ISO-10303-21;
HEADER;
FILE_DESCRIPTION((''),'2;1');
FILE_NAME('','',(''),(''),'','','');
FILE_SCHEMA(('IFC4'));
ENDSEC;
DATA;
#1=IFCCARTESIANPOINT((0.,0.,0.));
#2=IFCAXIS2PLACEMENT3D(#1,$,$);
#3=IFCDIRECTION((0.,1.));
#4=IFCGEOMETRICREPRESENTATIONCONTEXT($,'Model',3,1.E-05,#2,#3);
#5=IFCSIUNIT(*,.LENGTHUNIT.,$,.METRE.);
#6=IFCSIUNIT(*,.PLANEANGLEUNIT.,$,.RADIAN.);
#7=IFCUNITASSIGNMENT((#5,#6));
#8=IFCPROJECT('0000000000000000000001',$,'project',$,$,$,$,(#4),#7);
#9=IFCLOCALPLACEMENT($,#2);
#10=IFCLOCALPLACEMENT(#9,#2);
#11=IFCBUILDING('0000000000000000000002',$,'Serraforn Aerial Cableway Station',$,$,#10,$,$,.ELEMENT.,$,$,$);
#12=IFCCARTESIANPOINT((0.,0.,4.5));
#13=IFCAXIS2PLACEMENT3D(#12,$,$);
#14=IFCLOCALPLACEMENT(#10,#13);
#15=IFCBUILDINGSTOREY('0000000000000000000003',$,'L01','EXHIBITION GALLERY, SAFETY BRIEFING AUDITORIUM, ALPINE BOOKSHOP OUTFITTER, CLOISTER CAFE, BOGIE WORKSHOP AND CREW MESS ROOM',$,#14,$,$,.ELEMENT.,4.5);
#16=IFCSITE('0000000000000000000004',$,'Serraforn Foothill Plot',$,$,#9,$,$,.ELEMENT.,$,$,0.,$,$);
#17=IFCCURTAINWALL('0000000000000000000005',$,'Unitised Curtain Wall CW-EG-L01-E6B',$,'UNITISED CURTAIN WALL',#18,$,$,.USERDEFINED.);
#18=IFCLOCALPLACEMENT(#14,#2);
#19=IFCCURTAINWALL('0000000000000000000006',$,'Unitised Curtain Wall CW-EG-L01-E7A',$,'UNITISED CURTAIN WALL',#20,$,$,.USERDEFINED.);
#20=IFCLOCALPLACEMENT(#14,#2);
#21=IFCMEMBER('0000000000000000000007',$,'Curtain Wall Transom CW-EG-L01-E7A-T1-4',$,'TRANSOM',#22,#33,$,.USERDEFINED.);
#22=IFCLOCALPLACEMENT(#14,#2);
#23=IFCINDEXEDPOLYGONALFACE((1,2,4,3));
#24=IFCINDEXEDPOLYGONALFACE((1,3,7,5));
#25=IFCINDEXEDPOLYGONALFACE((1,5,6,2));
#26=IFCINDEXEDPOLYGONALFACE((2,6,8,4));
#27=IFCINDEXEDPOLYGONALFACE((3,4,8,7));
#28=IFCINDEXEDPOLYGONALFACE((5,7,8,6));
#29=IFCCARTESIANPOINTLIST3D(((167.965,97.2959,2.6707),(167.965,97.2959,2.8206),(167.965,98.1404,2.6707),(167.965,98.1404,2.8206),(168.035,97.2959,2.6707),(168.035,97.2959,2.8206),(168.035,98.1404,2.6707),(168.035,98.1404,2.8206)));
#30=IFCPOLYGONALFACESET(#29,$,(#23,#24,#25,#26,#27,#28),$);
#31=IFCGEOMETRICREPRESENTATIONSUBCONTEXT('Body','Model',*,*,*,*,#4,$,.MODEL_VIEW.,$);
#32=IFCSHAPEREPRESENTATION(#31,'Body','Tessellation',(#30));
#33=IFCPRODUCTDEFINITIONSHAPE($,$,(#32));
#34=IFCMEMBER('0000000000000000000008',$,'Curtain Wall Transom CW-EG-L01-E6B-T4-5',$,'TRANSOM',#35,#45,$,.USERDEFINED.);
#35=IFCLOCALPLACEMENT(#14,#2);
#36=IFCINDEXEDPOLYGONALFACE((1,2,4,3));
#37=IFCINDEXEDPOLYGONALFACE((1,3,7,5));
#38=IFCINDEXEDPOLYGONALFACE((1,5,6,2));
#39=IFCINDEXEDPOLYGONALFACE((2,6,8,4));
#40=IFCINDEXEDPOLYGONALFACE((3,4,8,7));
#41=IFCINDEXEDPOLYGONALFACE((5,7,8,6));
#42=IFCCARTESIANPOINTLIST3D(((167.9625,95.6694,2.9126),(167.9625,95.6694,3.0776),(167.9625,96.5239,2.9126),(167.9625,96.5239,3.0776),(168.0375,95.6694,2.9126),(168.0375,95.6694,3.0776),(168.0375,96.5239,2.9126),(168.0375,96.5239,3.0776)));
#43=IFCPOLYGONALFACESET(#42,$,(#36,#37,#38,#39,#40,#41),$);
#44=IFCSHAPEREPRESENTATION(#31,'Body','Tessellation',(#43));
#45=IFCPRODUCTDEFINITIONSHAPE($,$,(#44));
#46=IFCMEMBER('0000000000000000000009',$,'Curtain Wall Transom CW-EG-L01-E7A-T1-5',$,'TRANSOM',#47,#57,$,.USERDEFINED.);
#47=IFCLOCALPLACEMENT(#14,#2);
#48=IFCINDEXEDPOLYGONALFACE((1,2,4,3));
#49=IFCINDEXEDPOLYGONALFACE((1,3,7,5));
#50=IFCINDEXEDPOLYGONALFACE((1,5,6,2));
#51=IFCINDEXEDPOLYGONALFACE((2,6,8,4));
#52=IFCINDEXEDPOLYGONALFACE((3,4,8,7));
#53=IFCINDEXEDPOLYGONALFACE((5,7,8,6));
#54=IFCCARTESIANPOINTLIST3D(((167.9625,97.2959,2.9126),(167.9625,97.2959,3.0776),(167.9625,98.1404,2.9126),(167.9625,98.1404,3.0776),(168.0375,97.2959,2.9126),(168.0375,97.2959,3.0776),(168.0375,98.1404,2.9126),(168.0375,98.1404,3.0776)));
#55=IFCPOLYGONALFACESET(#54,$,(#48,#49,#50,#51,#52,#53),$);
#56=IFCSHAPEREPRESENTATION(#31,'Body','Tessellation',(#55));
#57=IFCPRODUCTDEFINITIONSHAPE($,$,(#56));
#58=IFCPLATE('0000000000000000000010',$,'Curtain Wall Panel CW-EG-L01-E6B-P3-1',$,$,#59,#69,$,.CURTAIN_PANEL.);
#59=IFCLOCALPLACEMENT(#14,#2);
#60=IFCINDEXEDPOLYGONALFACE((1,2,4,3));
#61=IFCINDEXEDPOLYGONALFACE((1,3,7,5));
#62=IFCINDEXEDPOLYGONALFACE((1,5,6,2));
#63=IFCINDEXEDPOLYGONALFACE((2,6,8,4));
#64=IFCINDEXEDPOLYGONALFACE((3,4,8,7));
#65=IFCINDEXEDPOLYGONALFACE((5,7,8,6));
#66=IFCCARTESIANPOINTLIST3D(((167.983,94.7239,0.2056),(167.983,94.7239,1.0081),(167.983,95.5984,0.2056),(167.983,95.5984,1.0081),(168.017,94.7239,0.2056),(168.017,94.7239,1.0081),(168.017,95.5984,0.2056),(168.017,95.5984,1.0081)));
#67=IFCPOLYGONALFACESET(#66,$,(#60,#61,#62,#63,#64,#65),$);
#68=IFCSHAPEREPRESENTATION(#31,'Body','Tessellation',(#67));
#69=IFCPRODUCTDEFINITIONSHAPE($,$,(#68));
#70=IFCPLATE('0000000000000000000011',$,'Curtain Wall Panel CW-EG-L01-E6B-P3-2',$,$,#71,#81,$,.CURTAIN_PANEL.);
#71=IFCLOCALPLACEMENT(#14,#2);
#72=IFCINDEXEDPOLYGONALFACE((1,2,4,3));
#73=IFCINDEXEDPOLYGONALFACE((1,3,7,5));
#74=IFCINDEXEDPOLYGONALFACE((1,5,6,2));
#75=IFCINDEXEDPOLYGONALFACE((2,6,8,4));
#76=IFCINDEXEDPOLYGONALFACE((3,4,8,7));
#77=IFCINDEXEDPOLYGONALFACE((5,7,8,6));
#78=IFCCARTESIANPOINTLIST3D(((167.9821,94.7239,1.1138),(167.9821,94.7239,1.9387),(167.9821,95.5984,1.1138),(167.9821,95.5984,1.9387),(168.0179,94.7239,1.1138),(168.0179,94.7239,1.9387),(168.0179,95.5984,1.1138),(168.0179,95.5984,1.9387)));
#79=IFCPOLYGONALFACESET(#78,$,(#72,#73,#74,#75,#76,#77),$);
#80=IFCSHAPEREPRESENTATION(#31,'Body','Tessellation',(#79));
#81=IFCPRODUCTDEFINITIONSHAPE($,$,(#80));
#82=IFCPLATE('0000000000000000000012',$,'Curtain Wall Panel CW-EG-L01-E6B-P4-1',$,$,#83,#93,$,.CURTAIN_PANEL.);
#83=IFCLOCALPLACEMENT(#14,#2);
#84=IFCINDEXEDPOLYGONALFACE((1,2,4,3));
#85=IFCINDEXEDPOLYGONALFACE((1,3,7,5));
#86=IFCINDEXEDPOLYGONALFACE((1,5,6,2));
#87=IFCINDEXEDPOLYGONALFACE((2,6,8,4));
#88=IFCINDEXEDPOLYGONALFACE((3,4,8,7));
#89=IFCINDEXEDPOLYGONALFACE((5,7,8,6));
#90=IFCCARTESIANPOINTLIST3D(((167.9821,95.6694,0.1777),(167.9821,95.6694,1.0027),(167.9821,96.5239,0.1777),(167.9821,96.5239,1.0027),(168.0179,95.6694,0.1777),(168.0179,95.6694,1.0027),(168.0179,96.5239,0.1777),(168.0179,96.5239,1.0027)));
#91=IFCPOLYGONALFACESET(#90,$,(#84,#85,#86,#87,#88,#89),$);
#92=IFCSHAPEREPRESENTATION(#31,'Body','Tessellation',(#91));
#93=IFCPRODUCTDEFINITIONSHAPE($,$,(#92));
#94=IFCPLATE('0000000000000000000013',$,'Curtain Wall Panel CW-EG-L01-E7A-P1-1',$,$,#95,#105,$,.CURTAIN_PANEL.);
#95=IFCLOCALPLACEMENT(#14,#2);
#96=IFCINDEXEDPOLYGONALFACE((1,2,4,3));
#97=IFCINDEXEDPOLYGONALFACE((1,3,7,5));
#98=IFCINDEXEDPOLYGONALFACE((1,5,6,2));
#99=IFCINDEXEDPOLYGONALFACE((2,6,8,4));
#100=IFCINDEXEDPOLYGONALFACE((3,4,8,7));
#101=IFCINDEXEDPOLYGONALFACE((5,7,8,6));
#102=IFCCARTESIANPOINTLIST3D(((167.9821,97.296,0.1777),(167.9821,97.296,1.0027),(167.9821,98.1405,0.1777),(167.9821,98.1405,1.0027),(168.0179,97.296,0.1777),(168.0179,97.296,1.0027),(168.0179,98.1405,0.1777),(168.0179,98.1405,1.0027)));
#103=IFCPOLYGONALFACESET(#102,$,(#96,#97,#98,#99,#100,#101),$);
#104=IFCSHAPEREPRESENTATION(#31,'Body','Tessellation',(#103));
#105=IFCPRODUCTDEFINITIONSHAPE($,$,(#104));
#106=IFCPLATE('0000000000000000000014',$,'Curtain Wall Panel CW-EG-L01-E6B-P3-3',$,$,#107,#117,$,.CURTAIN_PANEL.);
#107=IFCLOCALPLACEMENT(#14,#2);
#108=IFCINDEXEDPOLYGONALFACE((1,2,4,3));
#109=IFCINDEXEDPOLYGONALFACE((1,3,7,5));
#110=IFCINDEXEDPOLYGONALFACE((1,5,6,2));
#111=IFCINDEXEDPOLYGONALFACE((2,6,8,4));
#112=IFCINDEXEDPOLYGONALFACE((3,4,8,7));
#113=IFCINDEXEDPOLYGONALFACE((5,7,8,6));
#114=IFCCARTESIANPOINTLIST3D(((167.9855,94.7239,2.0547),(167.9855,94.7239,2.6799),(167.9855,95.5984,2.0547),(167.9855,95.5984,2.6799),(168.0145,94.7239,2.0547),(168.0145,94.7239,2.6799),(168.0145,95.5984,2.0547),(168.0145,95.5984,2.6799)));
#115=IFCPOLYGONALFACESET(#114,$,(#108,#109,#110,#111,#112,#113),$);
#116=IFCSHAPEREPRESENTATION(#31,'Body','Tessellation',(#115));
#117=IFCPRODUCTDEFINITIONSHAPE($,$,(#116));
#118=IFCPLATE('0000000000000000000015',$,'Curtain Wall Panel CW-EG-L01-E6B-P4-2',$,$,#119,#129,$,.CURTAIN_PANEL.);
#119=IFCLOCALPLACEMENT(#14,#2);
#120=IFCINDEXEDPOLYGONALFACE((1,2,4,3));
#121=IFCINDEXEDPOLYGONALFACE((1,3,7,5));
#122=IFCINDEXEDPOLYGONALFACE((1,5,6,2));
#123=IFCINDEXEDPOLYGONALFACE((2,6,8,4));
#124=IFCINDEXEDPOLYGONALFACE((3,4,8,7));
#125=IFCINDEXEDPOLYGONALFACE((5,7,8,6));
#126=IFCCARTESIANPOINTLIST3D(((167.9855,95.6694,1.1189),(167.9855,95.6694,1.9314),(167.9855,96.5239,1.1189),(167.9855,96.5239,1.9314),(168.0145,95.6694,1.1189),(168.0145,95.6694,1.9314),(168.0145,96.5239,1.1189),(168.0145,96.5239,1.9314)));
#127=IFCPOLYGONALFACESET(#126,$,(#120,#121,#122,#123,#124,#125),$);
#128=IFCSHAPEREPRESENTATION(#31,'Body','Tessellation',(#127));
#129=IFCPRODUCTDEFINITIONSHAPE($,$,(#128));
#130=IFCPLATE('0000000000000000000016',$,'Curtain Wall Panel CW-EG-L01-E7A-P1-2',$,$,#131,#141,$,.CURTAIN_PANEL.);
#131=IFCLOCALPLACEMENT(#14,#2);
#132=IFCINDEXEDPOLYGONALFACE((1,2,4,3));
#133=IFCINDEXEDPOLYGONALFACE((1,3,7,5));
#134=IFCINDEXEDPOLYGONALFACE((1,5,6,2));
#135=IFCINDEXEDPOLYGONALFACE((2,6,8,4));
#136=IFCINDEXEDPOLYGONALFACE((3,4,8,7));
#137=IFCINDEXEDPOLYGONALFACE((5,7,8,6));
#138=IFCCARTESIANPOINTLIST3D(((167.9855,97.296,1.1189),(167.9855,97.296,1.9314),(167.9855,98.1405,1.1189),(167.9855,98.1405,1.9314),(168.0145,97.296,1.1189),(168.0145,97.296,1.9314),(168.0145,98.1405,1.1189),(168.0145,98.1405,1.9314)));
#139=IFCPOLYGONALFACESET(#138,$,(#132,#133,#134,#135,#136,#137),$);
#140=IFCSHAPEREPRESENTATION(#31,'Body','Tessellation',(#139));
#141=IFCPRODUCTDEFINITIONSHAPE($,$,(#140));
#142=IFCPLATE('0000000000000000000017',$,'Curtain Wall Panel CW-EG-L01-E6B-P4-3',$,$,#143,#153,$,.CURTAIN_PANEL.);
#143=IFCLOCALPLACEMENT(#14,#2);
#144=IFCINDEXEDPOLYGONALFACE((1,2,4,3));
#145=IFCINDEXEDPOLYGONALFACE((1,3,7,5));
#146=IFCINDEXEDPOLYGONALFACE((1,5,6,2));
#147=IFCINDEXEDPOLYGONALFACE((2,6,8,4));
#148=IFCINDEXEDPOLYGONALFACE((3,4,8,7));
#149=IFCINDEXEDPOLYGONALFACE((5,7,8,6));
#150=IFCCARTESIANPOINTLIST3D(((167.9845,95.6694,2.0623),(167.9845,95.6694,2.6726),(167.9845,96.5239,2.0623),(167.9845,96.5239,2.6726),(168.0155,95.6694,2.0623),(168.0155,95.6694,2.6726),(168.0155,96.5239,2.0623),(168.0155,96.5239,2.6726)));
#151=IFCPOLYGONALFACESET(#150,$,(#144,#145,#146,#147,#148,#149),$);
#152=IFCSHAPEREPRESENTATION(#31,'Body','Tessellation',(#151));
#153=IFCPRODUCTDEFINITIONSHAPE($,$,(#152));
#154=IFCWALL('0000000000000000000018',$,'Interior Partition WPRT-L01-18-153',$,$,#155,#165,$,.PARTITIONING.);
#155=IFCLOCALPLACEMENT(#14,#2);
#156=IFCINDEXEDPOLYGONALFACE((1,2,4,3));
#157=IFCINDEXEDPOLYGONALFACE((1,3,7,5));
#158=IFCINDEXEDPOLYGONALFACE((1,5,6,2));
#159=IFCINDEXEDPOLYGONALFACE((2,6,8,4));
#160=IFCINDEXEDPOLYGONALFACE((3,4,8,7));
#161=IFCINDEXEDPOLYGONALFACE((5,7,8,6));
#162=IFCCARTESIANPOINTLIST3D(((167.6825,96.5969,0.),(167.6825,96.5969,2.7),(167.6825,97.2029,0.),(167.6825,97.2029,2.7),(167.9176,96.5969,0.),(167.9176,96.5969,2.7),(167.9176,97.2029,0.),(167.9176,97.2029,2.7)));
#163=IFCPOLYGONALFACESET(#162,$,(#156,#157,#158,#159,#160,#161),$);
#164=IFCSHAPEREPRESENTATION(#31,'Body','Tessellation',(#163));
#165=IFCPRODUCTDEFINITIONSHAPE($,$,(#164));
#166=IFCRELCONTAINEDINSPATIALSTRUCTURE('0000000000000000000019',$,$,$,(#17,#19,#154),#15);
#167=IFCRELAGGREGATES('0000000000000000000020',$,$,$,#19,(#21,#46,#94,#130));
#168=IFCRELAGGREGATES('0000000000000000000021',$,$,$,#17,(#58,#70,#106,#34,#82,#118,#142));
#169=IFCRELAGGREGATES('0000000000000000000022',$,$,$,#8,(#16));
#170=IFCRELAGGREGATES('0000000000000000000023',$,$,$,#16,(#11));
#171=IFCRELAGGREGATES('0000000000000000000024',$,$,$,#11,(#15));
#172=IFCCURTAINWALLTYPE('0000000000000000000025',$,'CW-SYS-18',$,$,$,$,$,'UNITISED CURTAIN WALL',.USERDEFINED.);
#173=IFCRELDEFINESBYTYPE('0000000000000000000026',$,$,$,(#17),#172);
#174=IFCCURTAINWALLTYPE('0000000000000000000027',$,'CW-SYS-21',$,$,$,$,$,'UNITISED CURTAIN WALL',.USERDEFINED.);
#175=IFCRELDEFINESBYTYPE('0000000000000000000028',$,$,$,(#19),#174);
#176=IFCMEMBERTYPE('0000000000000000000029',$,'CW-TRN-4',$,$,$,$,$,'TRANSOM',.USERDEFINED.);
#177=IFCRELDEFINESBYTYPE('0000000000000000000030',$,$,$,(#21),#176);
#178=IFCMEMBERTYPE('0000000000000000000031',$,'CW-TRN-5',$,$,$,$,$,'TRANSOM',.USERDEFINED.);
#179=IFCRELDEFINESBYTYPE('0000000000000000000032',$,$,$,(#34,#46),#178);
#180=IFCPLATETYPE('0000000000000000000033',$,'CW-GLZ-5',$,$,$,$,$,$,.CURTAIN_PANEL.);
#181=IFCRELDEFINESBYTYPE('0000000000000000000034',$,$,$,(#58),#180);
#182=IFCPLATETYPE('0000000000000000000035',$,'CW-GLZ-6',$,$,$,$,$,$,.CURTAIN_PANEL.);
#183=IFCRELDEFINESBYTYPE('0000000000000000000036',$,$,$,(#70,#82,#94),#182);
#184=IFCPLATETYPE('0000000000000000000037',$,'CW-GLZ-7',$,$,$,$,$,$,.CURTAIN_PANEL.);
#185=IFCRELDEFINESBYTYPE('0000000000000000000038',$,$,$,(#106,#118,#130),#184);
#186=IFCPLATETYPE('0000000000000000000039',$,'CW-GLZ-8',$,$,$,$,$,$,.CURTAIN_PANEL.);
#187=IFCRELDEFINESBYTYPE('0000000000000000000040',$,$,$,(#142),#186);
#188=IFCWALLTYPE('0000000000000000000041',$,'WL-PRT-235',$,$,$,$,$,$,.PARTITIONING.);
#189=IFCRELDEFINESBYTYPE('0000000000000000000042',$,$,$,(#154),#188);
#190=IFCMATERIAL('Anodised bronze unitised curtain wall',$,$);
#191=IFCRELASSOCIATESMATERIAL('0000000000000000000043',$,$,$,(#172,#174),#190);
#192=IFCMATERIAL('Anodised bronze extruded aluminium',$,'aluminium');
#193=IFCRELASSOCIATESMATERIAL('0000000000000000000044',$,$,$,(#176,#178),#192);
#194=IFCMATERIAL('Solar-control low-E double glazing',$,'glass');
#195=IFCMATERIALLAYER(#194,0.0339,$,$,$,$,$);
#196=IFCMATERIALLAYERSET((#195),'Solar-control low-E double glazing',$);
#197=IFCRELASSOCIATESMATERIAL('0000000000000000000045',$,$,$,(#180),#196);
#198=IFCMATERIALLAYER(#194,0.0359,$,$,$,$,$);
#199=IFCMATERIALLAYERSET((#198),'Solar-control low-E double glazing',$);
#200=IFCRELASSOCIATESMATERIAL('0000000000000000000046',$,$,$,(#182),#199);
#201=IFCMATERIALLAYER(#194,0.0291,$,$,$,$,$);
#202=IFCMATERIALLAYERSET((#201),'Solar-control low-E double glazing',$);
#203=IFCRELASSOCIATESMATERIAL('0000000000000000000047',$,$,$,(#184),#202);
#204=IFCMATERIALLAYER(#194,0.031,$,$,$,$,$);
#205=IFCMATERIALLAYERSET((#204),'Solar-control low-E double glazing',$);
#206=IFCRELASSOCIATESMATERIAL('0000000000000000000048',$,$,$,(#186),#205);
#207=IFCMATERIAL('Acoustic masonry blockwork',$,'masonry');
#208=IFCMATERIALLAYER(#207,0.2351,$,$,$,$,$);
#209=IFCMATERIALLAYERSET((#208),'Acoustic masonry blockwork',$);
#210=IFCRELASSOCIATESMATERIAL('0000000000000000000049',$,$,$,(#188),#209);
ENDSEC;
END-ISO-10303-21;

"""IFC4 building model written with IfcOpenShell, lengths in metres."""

from ifc_helpers import new_model, si_unit, direction, frame, frame_2d, origin, origin_2d, place, context, subcontext, project, spatial, rectangle, extrude, material, layer, layer_set, material_profile, profile_set, type_object, element, aggregate, save


model = new_model("IFC4")

# Units and contexts
model_context = context("Model", 3, precision=1e-05, world=origin(), true_north=direction((0.0, 1.0)))
body_context = subcontext(model_context, "Body", "Model", "MODEL_VIEW")
ifc_project = project(units=[si_unit("LENGTHUNIT", "METRE"), si_unit("PLANEANGLEUNIT", "RADIAN")], contexts=[model_context])

# Site, building, storey
site_placement = place(None, origin())
site = spatial("IfcSite", under=ifc_project, at=site_placement, Name="Serraforn Foothill Plot", CompositionType="ELEMENT", RefElevation=0.0)
building_placement = place(site_placement, origin())
building = spatial("IfcBuilding", under=site, at=building_placement, Name="Serraforn Aerial Cableway Station", CompositionType="ELEMENT")
storey_placement = place(building_placement, frame((0.0, 0.0, 4.5)))
storey = spatial("IfcBuildingStorey", under=building, at=storey_placement, Name="L01", Description="EXHIBITION GALLERY, SAFETY BRIEFING AUDITORIUM, ALPINE BOOKSHOP OUTFITTER, CLOISTER CAFE, BOGIE WORKSHOP AND CREW MESS ROOM", CompositionType="ELEMENT", Elevation=4.5)

# Curtain wall
ifc_material_1 = material(Name="Anodised bronze unitised curtain wall")
curtain_wall_type_1 = type_object("IfcCurtainWallType", Name="CW-SYS-18", ElementType="UNITISED CURTAIN WALL", PredefinedType="USERDEFINED", material=ifc_material_1)
curtain_wall_1_placement = place(storey_placement, origin())
curtain_wall_1 = element("IfcCurtainWall", 1, at=curtain_wall_1_placement, inside=storey, type_object=curtain_wall_type_1, Name="Unitised Curtain Wall CW-EG-L01-E6B", ObjectType="UNITISED CURTAIN WALL", PredefinedType="USERDEFINED")
ifc_material_2 = material(Name="Anodised bronze extruded aluminium", Category="aluminium")

# Curtain wall
curtain_wall_type_2 = type_object("IfcCurtainWallType", Name="CW-SYS-21", ElementType="UNITISED CURTAIN WALL", PredefinedType="USERDEFINED", material=ifc_material_1)
curtain_wall_2_placement = place(storey_placement, origin())
curtain_wall_2 = element("IfcCurtainWall", 2, at=curtain_wall_2_placement, inside=storey, type_object=curtain_wall_type_2, Name="Unitised Curtain Wall CW-EG-L01-E7A", ObjectType="UNITISED CURTAIN WALL", PredefinedType="USERDEFINED")

# Members
ifc_material_profile_1 = material_profile(ifc_material_2, rectangle(XDim=0.0701, YDim=0.1499, at=origin_2d()), Name="CW TRANSOM 70x150")
ifc_profile_set_1 = profile_set([ifc_material_profile_1], Name="Anodised bronze extruded aluminium")
member_type_1 = type_object("IfcMemberType", Name="CW-TRN-4", ElementType="TRANSOM", PredefinedType="USERDEFINED", material=ifc_profile_set_1)
member_1_placement = place(storey_placement, frame((168.0, 97.2959, 2.7456), z_axis=(0.0, 1.0, 0.0), x_axis=(-1.0, 0.0, 0.0)))
member_1 = element("IfcMember", 3, at=member_1_placement, type_object=member_type_1, Name="Curtain Wall Transom CW-EG-L01-E7A-T1-4", ObjectType="TRANSOM", PredefinedType="USERDEFINED", context=body_context, shape_type="SweptSolid", body=[
    extrude(rectangle(XDim=0.0701, YDim=0.1499, at=origin_2d()), origin(), (0.0, 0.0, 1.0), 0.8445),
])
ifc_material_profile_2 = material_profile(ifc_material_2, rectangle(XDim=0.075, YDim=0.165, at=origin_2d()), Name="CW TRANSOM 75x165")
ifc_profile_set_2 = profile_set([ifc_material_profile_2], Name="Anodised bronze extruded aluminium")
member_type_2 = type_object("IfcMemberType", Name="CW-TRN-5", ElementType="TRANSOM", PredefinedType="USERDEFINED", material=ifc_profile_set_2)
member_2_placement = place(storey_placement, frame((168.0, 95.6694, 2.9951), z_axis=(0.0, 1.0, 0.0), x_axis=(-1.0, 0.0, 0.0)))
member_2 = element("IfcMember", 4, at=member_2_placement, type_object=member_type_2, Name="Curtain Wall Transom CW-EG-L01-E6B-T4-5", ObjectType="TRANSOM", PredefinedType="USERDEFINED", context=body_context, shape_type="SweptSolid", body=[
    extrude(rectangle(XDim=0.075, YDim=0.165, at=origin_2d()), origin(), (0.0, 0.0, 1.0), 0.8545),
])
member_3_placement = place(storey_placement, frame((168.0, 97.2959, 2.9951), z_axis=(0.0, 1.0, 0.0), x_axis=(-1.0, 0.0, 0.0)))
member_3 = element("IfcMember", 5, at=member_3_placement, type_object=member_type_2, Name="Curtain Wall Transom CW-EG-L01-E7A-T1-5", ObjectType="TRANSOM", PredefinedType="USERDEFINED", context=body_context, shape_type="SweptSolid", body=[
    extrude(rectangle(XDim=0.075, YDim=0.165, at=origin_2d()), origin(), (0.0, 0.0, 1.0), 0.8445),
])

# Plates
ifc_material_3 = material(Name="Solar-control low-E double glazing", Category="glass")
ifc_layer_1 = layer(ifc_material_3, 0.0339)
ifc_layer_set_1 = layer_set([ifc_layer_1], Name="Solar-control low-E double glazing")
plate_type_1 = type_object("IfcPlateType", Name="CW-GLZ-5", PredefinedType="CURTAIN_PANEL", material=ifc_layer_set_1)
plate_1_placement = place(storey_placement, frame((168.0, 95.1611, 0.2056), z_axis=(0.0, 0.0, 1.0), x_axis=(1.0, 0.0, 0.0)))
plate_1 = element("IfcPlate", 6, at=plate_1_placement, type_object=plate_type_1, Name="Curtain Wall Panel CW-EG-L01-E6B-P3-1", PredefinedType="CURTAIN_PANEL", context=body_context, shape_type="SweptSolid", body=[
    extrude(rectangle(XDim=0.0339, YDim=0.8745, at=origin_2d()), origin(), (0.0, 0.0, 1.0), 0.8025),
])
ifc_layer_2 = layer(ifc_material_3, 0.0359)
ifc_layer_set_2 = layer_set([ifc_layer_2], Name="Solar-control low-E double glazing")
plate_type_2 = type_object("IfcPlateType", Name="CW-GLZ-6", PredefinedType="CURTAIN_PANEL", material=ifc_layer_set_2)
plate_2_placement = place(storey_placement, frame((168.0, 95.1611, 1.1138), z_axis=(0.0, 0.0, 1.0), x_axis=(1.0, 0.0, 0.0)))
plate_2 = element("IfcPlate", 7, at=plate_2_placement, type_object=plate_type_2, Name="Curtain Wall Panel CW-EG-L01-E6B-P3-2", PredefinedType="CURTAIN_PANEL", context=body_context, shape_type="SweptSolid", body=[
    extrude(rectangle(XDim=0.0359, YDim=0.8745, at=origin_2d()), origin(), (0.0, 0.0, 1.0), 0.825),
])
plate_3_placement = place(storey_placement, frame((168.0, 96.0967, 0.1777), z_axis=(0.0, 0.0, 1.0), x_axis=(1.0, 0.0, 0.0)))
plate_3 = element("IfcPlate", 8, at=plate_3_placement, type_object=plate_type_2, Name="Curtain Wall Panel CW-EG-L01-E6B-P4-1", PredefinedType="CURTAIN_PANEL", context=body_context, shape_type="SweptSolid", body=[
    extrude(rectangle(XDim=0.0359, YDim=0.8545, at=origin_2d()), origin(), (0.0, 0.0, 1.0), 0.825),
])
plate_4_placement = place(storey_placement, frame((168.0, 97.7183, 0.1777), z_axis=(0.0, 0.0, 1.0), x_axis=(1.0, 0.0, 0.0)))
plate_4 = element("IfcPlate", 9, at=plate_4_placement, type_object=plate_type_2, Name="Curtain Wall Panel CW-EG-L01-E7A-P1-1", PredefinedType="CURTAIN_PANEL", context=body_context, shape_type="SweptSolid", body=[
    extrude(rectangle(XDim=0.0359, YDim=0.8445, at=origin_2d()), origin(), (0.0, 0.0, 1.0), 0.825),
])
ifc_layer_3 = layer(ifc_material_3, 0.0291)
ifc_layer_set_3 = layer_set([ifc_layer_3], Name="Solar-control low-E double glazing")
plate_type_3 = type_object("IfcPlateType", Name="CW-GLZ-7", PredefinedType="CURTAIN_PANEL", material=ifc_layer_set_3)
plate_5_placement = place(storey_placement, frame((168.0, 95.1611, 2.0547), z_axis=(0.0, 0.0, 1.0), x_axis=(1.0, 0.0, 0.0)))
plate_5 = element("IfcPlate", 10, at=plate_5_placement, type_object=plate_type_3, Name="Curtain Wall Panel CW-EG-L01-E6B-P3-3", PredefinedType="CURTAIN_PANEL", context=body_context, shape_type="SweptSolid", body=[
    extrude(rectangle(XDim=0.0291, YDim=0.8745, at=origin_2d()), origin(), (0.0, 0.0, 1.0), 0.6252),
])
plate_6_placement = place(storey_placement, frame((168.0, 96.0967, 1.1189), z_axis=(0.0, 0.0, 1.0), x_axis=(1.0, 0.0, 0.0)))
plate_6 = element("IfcPlate", 11, at=plate_6_placement, type_object=plate_type_3, Name="Curtain Wall Panel CW-EG-L01-E6B-P4-2", PredefinedType="CURTAIN_PANEL", context=body_context, shape_type="SweptSolid", body=[
    extrude(rectangle(XDim=0.0291, YDim=0.8545, at=origin_2d()), origin(), (0.0, 0.0, 1.0), 0.8125),
])
plate_7_placement = place(storey_placement, frame((168.0, 97.7183, 1.1189), z_axis=(0.0, 0.0, 1.0), x_axis=(1.0, 0.0, 0.0)))
plate_7 = element("IfcPlate", 12, at=plate_7_placement, type_object=plate_type_3, Name="Curtain Wall Panel CW-EG-L01-E7A-P1-2", PredefinedType="CURTAIN_PANEL", context=body_context, shape_type="SweptSolid", body=[
    extrude(rectangle(XDim=0.0291, YDim=0.8445, at=origin_2d()), origin(), (0.0, 0.0, 1.0), 0.8125),
])
aggregate(curtain_wall_2, [member_1, member_3, plate_4, plate_7])
ifc_layer_4 = layer(ifc_material_3, 0.031)
ifc_layer_set_4 = layer_set([ifc_layer_4], Name="Solar-control low-E double glazing")
plate_type_4 = type_object("IfcPlateType", Name="CW-GLZ-8", PredefinedType="CURTAIN_PANEL", material=ifc_layer_set_4)
plate_8_placement = place(storey_placement, frame((168.0, 96.0967, 2.0623), z_axis=(0.0, 0.0, 1.0), x_axis=(1.0, 0.0, 0.0)))
plate_8 = element("IfcPlate", 13, at=plate_8_placement, type_object=plate_type_4, Name="Curtain Wall Panel CW-EG-L01-E6B-P4-3", PredefinedType="CURTAIN_PANEL", context=body_context, shape_type="SweptSolid", body=[
    extrude(rectangle(XDim=0.031, YDim=0.8545, at=origin_2d()), origin(), (0.0, 0.0, 1.0), 0.6104),
])
aggregate(curtain_wall_1, [plate_1, plate_2, plate_5, member_2, plate_3, plate_6, plate_8])

# Wall
ifc_material_4 = material(Name="Acoustic masonry blockwork", Category="masonry")
ifc_layer_5 = layer(ifc_material_4, 0.2351)
ifc_layer_set_5 = layer_set([ifc_layer_5], Name="Acoustic masonry blockwork")
wall_type = type_object("IfcWallType", Name="WL-PRT-235", PredefinedType="PARTITIONING", material=ifc_layer_set_5)
wall_placement = place(storey_placement, frame((167.8, 97.2029, 0.0), z_axis=(0.0, 0.0, 1.0), x_axis=(0.0, -1.0, 0.0)))
element("IfcWall", 14, at=wall_placement, inside=storey, type_object=wall_type, Name="Interior Partition WPRT-L01-18-153", PredefinedType="PARTITIONING", context=body_context, shape_type="SweptSolid", body=[
    extrude(rectangle(XDim=0.606, YDim=0.2351, at=frame_2d((0.303, 0.0))), origin(), (0.0, 0.0, 1.0), 2.7),
])

save(model, "model.ifc")
